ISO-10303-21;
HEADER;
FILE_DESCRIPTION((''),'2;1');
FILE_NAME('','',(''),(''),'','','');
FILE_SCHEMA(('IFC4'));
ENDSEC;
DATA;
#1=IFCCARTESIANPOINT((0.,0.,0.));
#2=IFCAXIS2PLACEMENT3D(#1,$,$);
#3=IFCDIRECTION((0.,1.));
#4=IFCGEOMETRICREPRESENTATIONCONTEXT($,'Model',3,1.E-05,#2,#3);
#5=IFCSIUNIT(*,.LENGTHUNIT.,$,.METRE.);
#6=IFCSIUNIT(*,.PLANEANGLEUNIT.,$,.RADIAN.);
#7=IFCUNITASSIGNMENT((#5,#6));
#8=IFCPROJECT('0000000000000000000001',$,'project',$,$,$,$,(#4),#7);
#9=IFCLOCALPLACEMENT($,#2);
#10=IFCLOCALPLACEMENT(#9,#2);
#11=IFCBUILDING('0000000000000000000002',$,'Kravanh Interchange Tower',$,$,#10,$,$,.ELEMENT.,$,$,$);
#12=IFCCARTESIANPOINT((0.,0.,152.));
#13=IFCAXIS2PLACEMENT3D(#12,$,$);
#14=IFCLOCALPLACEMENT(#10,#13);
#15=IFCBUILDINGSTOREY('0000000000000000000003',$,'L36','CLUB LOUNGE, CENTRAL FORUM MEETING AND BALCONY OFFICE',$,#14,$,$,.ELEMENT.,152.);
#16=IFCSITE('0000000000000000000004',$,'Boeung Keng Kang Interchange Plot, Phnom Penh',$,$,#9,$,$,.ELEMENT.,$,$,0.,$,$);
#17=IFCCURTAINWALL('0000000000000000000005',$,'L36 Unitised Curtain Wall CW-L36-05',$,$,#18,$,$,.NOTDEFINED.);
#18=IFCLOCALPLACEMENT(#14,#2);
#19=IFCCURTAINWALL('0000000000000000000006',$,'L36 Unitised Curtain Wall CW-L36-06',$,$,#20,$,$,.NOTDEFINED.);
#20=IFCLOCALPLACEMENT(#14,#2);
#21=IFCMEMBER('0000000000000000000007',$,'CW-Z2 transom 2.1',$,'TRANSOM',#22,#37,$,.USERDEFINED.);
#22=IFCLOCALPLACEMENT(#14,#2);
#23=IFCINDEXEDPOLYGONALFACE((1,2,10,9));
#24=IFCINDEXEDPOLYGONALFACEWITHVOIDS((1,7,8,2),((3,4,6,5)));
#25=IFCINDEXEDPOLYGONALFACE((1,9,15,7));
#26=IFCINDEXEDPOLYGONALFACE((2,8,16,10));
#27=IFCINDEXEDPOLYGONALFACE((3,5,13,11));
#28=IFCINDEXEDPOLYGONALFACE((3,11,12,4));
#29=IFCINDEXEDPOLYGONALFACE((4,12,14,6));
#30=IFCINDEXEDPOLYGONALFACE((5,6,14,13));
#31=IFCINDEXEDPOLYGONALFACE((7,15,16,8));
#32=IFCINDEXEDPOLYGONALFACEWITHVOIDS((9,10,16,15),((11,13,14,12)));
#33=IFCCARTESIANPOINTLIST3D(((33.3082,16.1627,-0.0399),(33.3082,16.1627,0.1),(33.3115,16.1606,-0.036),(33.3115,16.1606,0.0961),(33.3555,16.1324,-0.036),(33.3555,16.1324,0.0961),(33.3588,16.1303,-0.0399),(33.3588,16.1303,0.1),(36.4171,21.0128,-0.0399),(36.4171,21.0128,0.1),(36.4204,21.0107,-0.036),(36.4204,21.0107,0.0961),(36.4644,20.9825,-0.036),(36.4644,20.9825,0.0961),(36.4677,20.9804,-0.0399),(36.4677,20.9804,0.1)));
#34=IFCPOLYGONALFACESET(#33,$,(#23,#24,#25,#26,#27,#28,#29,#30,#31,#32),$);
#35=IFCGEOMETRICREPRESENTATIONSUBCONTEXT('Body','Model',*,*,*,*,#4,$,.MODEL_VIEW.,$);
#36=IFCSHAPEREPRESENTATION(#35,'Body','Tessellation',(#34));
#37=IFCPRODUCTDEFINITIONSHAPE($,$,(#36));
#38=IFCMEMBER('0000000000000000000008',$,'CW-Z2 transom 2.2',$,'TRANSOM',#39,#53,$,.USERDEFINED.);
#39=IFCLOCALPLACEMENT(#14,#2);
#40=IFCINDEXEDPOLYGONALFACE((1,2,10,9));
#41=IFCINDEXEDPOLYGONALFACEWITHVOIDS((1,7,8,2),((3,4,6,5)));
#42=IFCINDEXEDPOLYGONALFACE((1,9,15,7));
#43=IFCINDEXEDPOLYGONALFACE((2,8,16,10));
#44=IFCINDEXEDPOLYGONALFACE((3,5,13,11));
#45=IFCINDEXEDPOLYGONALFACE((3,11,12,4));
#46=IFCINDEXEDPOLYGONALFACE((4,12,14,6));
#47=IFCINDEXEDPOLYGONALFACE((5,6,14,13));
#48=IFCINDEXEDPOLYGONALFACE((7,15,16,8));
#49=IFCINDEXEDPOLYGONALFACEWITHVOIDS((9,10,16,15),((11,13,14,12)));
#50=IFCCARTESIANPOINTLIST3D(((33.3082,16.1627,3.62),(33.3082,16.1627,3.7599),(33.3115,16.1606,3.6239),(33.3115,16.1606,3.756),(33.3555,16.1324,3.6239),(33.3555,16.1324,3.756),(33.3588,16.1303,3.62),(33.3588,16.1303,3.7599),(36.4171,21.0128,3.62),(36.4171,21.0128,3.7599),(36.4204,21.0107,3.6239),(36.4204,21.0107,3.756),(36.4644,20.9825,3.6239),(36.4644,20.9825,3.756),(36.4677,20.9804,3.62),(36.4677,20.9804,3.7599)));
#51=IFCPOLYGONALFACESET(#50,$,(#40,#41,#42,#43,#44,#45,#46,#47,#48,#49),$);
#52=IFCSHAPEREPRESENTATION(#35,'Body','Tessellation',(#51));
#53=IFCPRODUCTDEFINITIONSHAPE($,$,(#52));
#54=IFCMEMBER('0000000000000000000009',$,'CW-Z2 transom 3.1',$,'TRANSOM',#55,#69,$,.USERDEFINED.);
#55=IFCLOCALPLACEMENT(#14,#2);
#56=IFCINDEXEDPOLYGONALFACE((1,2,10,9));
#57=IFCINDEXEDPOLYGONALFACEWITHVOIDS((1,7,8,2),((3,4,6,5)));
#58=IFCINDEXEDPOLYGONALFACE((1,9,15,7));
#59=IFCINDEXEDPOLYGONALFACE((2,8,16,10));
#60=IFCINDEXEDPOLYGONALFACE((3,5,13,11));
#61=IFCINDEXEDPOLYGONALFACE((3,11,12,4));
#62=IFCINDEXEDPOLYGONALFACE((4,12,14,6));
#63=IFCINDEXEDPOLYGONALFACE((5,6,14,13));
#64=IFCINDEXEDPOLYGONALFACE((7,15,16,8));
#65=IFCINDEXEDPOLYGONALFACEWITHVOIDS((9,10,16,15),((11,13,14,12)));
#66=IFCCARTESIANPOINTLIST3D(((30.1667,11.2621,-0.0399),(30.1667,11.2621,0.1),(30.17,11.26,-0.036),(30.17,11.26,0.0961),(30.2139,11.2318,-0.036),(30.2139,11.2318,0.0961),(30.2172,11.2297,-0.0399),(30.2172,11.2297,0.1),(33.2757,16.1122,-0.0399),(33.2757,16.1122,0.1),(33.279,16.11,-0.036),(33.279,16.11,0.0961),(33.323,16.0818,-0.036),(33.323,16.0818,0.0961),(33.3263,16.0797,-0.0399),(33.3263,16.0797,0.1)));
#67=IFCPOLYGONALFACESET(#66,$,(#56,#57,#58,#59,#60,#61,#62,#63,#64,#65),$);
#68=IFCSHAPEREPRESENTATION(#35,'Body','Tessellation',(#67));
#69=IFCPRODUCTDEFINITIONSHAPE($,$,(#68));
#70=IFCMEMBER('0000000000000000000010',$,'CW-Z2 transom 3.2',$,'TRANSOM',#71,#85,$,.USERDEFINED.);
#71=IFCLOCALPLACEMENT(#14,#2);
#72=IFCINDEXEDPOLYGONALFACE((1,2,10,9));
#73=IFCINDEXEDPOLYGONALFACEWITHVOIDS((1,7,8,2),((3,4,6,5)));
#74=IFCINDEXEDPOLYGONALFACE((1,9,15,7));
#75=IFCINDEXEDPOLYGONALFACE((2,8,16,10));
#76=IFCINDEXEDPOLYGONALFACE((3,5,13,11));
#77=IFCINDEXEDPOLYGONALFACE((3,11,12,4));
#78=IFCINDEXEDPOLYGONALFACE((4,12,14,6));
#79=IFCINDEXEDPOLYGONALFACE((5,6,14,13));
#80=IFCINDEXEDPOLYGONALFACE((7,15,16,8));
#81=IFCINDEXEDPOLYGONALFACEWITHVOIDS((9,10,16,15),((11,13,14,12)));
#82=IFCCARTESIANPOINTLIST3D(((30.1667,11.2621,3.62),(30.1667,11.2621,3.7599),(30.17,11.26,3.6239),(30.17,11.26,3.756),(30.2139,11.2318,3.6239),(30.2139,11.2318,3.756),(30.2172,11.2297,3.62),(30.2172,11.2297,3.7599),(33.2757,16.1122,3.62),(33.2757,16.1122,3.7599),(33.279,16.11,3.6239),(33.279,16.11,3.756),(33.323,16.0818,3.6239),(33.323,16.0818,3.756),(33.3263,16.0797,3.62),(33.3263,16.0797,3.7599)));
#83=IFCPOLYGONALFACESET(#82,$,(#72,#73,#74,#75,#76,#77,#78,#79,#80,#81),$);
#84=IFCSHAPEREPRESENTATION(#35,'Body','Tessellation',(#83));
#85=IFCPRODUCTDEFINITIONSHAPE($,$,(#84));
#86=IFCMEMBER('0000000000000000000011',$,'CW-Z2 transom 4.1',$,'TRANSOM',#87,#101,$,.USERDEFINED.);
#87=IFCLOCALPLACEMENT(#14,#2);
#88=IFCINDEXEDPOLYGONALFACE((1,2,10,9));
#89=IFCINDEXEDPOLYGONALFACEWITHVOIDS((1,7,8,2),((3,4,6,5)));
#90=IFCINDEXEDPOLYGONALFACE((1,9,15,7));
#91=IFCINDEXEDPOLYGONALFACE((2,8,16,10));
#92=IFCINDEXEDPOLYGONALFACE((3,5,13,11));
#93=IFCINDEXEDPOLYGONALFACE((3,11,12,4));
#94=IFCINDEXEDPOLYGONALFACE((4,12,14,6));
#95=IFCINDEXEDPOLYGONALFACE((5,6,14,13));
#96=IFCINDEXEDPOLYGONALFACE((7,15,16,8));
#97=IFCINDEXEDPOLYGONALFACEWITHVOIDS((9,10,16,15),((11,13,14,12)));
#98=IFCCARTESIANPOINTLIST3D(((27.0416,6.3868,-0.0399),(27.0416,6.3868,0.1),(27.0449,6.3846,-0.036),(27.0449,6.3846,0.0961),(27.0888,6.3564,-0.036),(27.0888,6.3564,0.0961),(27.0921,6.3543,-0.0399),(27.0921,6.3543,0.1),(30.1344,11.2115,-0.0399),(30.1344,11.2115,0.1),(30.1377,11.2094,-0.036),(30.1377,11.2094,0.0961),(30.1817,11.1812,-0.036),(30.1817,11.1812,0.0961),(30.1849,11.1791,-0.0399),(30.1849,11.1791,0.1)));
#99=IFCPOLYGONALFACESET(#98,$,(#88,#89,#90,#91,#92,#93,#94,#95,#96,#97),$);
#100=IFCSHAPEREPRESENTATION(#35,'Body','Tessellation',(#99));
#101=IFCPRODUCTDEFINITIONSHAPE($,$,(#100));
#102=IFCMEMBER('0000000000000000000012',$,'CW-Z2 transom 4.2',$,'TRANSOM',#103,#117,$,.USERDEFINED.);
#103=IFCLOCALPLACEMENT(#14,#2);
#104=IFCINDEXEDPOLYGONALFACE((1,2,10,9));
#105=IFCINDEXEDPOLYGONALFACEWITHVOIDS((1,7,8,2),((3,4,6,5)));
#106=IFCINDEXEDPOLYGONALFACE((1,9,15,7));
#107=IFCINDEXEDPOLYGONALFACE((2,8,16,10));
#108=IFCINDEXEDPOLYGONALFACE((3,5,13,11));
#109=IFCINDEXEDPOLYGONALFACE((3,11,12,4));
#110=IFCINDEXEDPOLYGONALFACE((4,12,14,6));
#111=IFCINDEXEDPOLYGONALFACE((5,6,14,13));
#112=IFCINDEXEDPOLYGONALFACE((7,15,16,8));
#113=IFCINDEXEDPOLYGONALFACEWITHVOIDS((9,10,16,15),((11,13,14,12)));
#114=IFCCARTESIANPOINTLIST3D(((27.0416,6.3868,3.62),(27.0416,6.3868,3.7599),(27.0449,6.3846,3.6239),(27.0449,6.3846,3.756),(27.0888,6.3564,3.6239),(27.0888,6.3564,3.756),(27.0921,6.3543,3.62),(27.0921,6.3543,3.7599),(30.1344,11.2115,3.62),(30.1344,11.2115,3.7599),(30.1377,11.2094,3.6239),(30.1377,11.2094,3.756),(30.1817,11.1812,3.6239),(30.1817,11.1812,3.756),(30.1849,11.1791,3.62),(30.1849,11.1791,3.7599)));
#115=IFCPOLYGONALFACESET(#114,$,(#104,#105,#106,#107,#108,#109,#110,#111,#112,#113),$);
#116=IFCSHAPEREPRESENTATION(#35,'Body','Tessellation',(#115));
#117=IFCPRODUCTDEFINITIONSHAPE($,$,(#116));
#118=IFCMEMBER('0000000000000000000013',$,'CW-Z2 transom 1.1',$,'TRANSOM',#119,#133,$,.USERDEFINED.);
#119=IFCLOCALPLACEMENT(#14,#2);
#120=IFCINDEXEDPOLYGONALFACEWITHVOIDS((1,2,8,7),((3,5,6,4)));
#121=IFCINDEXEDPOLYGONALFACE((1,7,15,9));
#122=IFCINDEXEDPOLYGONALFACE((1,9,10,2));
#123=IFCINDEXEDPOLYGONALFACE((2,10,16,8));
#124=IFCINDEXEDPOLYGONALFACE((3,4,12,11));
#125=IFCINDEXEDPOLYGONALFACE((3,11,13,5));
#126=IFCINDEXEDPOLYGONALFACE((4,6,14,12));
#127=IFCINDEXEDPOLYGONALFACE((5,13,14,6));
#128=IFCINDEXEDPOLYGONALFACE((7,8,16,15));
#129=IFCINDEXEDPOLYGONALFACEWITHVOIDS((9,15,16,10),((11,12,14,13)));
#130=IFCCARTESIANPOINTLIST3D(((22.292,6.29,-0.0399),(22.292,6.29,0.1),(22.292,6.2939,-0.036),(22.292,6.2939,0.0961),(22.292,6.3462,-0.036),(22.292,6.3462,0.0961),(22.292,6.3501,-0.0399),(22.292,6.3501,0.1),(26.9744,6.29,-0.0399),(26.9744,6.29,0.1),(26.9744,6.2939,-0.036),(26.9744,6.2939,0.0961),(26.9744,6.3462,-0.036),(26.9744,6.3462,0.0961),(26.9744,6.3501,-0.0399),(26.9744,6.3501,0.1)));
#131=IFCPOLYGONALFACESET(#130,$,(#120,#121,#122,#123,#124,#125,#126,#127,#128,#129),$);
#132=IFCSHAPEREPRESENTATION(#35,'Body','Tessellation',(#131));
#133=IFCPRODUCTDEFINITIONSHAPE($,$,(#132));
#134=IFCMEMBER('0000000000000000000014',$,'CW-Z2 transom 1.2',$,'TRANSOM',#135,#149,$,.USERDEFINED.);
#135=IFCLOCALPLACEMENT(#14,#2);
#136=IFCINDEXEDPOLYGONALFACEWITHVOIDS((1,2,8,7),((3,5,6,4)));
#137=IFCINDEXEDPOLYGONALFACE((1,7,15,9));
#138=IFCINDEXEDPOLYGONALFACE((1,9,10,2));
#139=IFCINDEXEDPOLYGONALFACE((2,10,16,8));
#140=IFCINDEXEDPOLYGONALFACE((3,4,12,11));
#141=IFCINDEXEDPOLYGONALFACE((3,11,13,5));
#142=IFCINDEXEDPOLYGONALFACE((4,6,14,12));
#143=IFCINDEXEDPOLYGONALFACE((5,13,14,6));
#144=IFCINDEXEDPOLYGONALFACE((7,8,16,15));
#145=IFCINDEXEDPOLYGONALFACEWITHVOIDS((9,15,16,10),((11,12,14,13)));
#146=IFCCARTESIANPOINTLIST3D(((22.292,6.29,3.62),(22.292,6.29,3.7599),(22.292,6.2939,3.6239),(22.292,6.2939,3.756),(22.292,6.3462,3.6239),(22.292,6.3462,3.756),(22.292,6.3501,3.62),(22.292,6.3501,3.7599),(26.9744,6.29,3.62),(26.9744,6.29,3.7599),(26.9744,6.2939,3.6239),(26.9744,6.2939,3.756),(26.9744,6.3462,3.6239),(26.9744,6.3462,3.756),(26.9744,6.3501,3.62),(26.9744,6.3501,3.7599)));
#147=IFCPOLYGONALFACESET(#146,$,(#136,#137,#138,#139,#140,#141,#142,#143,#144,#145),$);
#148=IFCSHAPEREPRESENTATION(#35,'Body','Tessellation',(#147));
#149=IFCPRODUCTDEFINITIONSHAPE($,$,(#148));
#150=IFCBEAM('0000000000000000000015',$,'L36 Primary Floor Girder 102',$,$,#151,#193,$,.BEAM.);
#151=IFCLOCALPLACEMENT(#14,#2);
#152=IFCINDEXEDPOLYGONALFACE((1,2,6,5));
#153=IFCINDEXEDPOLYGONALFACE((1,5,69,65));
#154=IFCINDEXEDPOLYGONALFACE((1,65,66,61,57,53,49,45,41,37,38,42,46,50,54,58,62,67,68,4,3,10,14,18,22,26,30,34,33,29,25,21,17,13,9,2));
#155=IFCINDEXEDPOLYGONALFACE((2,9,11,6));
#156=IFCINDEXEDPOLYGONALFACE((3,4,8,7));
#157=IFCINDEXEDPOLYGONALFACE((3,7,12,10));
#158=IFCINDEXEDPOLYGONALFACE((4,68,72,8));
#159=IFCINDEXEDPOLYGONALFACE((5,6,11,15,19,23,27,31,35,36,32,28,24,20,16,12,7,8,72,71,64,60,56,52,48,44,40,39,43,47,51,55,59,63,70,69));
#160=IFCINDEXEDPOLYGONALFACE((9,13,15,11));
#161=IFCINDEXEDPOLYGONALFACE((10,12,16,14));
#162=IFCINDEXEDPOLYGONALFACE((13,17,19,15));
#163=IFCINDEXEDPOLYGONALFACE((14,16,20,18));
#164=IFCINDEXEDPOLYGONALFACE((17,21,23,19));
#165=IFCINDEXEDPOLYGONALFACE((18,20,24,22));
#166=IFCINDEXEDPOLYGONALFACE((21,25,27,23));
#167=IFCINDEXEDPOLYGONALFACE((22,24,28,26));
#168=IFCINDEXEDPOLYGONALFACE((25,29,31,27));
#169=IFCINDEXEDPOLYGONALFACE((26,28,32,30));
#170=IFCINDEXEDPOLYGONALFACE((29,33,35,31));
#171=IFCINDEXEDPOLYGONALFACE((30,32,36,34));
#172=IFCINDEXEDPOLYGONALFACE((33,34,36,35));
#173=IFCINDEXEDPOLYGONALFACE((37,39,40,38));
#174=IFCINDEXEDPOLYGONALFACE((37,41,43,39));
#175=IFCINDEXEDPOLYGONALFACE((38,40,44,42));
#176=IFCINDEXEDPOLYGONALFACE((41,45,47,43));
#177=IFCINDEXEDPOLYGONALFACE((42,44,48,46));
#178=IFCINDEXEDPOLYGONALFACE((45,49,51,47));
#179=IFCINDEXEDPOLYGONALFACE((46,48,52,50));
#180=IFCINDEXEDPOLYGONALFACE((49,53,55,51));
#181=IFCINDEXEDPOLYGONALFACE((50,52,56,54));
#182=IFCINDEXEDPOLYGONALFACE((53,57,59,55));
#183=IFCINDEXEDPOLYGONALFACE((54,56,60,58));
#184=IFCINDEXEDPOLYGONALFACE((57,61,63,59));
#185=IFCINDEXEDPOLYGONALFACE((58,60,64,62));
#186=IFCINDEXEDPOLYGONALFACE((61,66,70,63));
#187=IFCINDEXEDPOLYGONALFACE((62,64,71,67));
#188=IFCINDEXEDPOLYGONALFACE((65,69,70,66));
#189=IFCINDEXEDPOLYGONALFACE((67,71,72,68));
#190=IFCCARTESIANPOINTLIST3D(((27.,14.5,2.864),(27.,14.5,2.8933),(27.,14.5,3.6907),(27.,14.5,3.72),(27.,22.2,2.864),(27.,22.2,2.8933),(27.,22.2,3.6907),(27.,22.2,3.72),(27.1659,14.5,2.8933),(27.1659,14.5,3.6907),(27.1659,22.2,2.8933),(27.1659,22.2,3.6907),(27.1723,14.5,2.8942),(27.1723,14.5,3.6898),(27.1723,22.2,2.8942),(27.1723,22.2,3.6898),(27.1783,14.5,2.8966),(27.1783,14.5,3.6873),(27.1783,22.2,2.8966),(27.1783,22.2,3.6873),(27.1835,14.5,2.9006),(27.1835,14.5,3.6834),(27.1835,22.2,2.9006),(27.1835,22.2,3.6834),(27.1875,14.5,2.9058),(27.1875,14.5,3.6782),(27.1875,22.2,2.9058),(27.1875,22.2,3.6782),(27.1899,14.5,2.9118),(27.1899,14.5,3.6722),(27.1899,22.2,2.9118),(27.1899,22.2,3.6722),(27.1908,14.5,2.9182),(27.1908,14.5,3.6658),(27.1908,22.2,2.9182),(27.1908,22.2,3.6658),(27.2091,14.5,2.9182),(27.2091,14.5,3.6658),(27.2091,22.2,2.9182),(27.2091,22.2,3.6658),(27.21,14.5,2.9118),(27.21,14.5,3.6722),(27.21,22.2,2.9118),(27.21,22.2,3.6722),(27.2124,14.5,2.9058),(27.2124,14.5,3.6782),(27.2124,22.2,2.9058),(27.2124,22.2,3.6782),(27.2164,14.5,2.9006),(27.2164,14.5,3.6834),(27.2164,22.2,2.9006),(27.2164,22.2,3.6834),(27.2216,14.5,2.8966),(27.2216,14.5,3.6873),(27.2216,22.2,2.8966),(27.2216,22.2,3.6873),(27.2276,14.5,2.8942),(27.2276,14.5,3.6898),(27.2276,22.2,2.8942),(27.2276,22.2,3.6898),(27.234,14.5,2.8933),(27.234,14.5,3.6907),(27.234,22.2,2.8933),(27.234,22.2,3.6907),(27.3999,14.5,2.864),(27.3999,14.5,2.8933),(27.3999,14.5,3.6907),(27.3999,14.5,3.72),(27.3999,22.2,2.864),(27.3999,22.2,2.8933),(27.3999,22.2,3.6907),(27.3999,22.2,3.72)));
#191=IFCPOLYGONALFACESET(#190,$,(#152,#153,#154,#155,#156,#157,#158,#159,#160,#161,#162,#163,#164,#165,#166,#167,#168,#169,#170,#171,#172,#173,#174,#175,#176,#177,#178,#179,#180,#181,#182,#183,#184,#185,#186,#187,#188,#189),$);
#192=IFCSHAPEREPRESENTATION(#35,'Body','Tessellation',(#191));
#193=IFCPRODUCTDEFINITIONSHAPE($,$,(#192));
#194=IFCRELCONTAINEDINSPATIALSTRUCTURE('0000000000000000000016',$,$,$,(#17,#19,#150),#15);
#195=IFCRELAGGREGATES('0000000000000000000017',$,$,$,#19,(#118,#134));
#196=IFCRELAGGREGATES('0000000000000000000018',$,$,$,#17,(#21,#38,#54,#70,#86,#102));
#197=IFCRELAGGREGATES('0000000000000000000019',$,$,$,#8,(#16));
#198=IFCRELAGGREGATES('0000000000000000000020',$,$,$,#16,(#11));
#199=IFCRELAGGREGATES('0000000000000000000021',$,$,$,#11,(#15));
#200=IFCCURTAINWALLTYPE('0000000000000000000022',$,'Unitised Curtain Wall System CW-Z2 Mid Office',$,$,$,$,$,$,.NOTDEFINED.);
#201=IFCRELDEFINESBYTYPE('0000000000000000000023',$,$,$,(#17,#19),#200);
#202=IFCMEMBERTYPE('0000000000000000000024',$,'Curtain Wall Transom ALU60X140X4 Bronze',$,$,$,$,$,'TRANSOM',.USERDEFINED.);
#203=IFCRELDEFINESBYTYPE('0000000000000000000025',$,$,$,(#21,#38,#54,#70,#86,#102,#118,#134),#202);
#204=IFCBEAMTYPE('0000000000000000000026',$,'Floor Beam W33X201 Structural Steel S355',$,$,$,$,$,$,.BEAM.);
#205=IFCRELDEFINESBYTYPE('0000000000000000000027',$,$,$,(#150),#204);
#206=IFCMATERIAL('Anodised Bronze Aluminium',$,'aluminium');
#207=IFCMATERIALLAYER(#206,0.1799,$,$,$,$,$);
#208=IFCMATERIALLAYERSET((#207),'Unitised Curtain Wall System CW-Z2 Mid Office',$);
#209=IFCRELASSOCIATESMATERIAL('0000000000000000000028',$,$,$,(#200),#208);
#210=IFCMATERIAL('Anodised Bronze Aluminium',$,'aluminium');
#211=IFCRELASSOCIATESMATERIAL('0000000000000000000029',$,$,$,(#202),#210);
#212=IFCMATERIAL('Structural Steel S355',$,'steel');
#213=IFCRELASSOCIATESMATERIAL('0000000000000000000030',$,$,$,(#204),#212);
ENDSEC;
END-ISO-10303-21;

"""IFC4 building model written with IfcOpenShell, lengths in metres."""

from ifc_helpers import new_model, si_unit, direction, frame, origin, origin_2d, place, context, subcontext, project, spatial, hollow_rectangle, i_section, extrude, material, layer, layer_set, material_profile, profile_set, type_object, element, aggregate, save


model = new_model("IFC4")

# Units and contexts
model_context = context("Model", 3, precision=1e-05, world=origin(), true_north=direction((0.0, 1.0)))
body_context = subcontext(model_context, "Body", "Model", "MODEL_VIEW")
ifc_project = project(units=[si_unit("LENGTHUNIT", "METRE"), si_unit("PLANEANGLEUNIT", "RADIAN")], contexts=[model_context])

# Site, building, storey
site_placement = place(None, origin())
site = spatial("IfcSite", under=ifc_project, at=site_placement, Name="Boeung Keng Kang Interchange Plot, Phnom Penh", CompositionType="ELEMENT", RefElevation=0.0)
building_placement = place(site_placement, origin())
building = spatial("IfcBuilding", under=site, at=building_placement, Name="Kravanh Interchange Tower", CompositionType="ELEMENT")
storey_placement = place(building_placement, frame((0.0, 0.0, 152.0)))
storey = spatial("IfcBuildingStorey", under=building, at=storey_placement, Name="L36", Description="CLUB LOUNGE, CENTRAL FORUM MEETING AND BALCONY OFFICE", CompositionType="ELEMENT", Elevation=152.0)

# Curtain wall
ifc_material_1 = material(Name="Anodised Bronze Aluminium", Category="aluminium")
ifc_layer_1 = layer(ifc_material_1, 0.1799)
ifc_layer_set_1 = layer_set([ifc_layer_1], Name="Unitised Curtain Wall System CW-Z2 Mid Office")
curtain_wall_type = type_object("IfcCurtainWallType", Name="Unitised Curtain Wall System CW-Z2 Mid Office", PredefinedType="NOTDEFINED", material=ifc_layer_set_1)
curtain_wall_1_placement = place(storey_placement, origin())
curtain_wall_1 = element("IfcCurtainWall", 1, at=curtain_wall_1_placement, inside=storey, type_object=curtain_wall_type, Name="L36 Unitised Curtain Wall CW-L36-05", PredefinedType="NOTDEFINED")

# Curtain wall
curtain_wall_2_placement = place(storey_placement, origin())
curtain_wall_2 = element("IfcCurtainWall", 2, at=curtain_wall_2_placement, inside=storey, type_object=curtain_wall_type, Name="L36 Unitised Curtain Wall CW-L36-06", PredefinedType="NOTDEFINED")

# Members
ifc_material_2 = material(Name="Anodised Bronze Aluminium", Category="aluminium")
ifc_material_profile_1 = material_profile(ifc_material_2, hollow_rectangle(XDim=0.0601, YDim=0.1399, WallThickness=0.0039, at=origin_2d()), Name="ALU60X140X4")
ifc_profile_set_1 = profile_set([ifc_material_profile_1], Name="Anodised Bronze Aluminium")
member_type_1 = type_object("IfcMemberType", Name="Curtain Wall Transom ALU60X140X4 Bronze", ElementType="TRANSOM", PredefinedType="USERDEFINED", material=ifc_profile_set_1)
member_1_placement = place(storey_placement, frame((36.4424, 20.9966, 0.03), z_axis=(-0.539648, -0.841891, 0.0), x_axis=(0.841891, -0.539648, 0.0)))
member_1 = element("IfcMember", 3, at=member_1_placement, type_object=member_type_1, Name="CW-Z2 transom 2.1", ObjectType="TRANSOM", PredefinedType="USERDEFINED", context=body_context, shape_type="SweptSolid", body=[
    extrude(hollow_rectangle(XDim=0.0601, YDim=0.1399, WallThickness=0.0039, at=origin_2d()), origin(), (0.0, 0.0, 1.0), 5.761),
])
member_2_placement = place(storey_placement, frame((36.4424, 20.9966, 3.6899), z_axis=(-0.539648, -0.841891, 0.0), x_axis=(0.841891, -0.539648, 0.0)))
member_2 = element("IfcMember", 4, at=member_2_placement, type_object=member_type_1, Name="CW-Z2 transom 2.2", ObjectType="TRANSOM", PredefinedType="USERDEFINED", context=body_context, shape_type="SweptSolid", body=[
    extrude(hollow_rectangle(XDim=0.0601, YDim=0.1399, WallThickness=0.0039, at=origin_2d()), origin(), (0.0, 0.0, 1.0), 5.761),
])
member_3_placement = place(storey_placement, frame((33.301, 16.0959, 0.03), z_axis=(-0.539678, -0.841872, 0.0), x_axis=(0.841872, -0.539678, 0.0)))
member_3 = element("IfcMember", 5, at=member_3_placement, type_object=member_type_1, Name="CW-Z2 transom 3.1", ObjectType="TRANSOM", PredefinedType="USERDEFINED", context=body_context, shape_type="SweptSolid", body=[
    extrude(hollow_rectangle(XDim=0.0601, YDim=0.1399, WallThickness=0.0039, at=origin_2d()), origin(), (0.0, 0.0, 1.0), 5.761),
])
member_4_placement = place(storey_placement, frame((33.301, 16.0959, 3.6899), z_axis=(-0.539678, -0.841872, 0.0), x_axis=(0.841872, -0.539678, 0.0)))
member_4 = element("IfcMember", 6, at=member_4_placement, type_object=member_type_1, Name="CW-Z2 transom 3.2", ObjectType="TRANSOM", PredefinedType="USERDEFINED", context=body_context, shape_type="SweptSolid", body=[
    extrude(hollow_rectangle(XDim=0.0601, YDim=0.1399, WallThickness=0.0039, at=origin_2d()), origin(), (0.0, 0.0, 1.0), 5.761),
])
member_5_placement = place(storey_placement, frame((30.1597, 11.1953, 0.03), z_axis=(-0.539668, -0.841878, 0.0), x_axis=(0.841878, -0.539668, 0.0)))
member_5 = element("IfcMember", 7, at=member_5_placement, type_object=member_type_1, Name="CW-Z2 transom 4.1", ObjectType="TRANSOM", PredefinedType="USERDEFINED", context=body_context, shape_type="SweptSolid", body=[
    extrude(hollow_rectangle(XDim=0.0601, YDim=0.1399, WallThickness=0.0039, at=origin_2d()), origin(), (0.0, 0.0, 1.0), 5.731),
])
member_6_placement = place(storey_placement, frame((30.1597, 11.1953, 3.6899), z_axis=(-0.539668, -0.841878, 0.0), x_axis=(0.841878, -0.539668, 0.0)))
member_6 = element("IfcMember", 8, at=member_6_placement, type_object=member_type_1, Name="CW-Z2 transom 4.2", ObjectType="TRANSOM", PredefinedType="USERDEFINED", context=body_context, shape_type="SweptSolid", body=[
    extrude(hollow_rectangle(XDim=0.0601, YDim=0.1399, WallThickness=0.0039, at=origin_2d()), origin(), (0.0, 0.0, 1.0), 5.731),
])
member_7_placement = place(storey_placement, frame((26.9744, 6.3201, 0.03), z_axis=(-1.0, 0.0, 0.0), x_axis=(0.0, -1.0, 0.0)))
member_7 = element("IfcMember", 9, at=member_7_placement, type_object=member_type_1, Name="CW-Z2 transom 1.1", ObjectType="TRANSOM", PredefinedType="USERDEFINED", context=body_context, shape_type="SweptSolid", body=[
    extrude(hollow_rectangle(XDim=0.0601, YDim=0.1399, WallThickness=0.0039, at=origin_2d()), origin(), (0.0, 0.0, 1.0), 4.6824),
])
member_8_placement = place(storey_placement, frame((26.9744, 6.3201, 3.6899), z_axis=(-1.0, 0.0, 0.0), x_axis=(0.0, -1.0, 0.0)))
member_8 = element("IfcMember", 10, at=member_8_placement, type_object=member_type_1, Name="CW-Z2 transom 1.2", ObjectType="TRANSOM", PredefinedType="USERDEFINED", context=body_context, shape_type="SweptSolid", body=[
    extrude(hollow_rectangle(XDim=0.0601, YDim=0.1399, WallThickness=0.0039, at=origin_2d()), origin(), (0.0, 0.0, 1.0), 4.6824),
])
aggregate(curtain_wall_2, [member_7, member_8])

# Beam
ifc_material_3 = material(Name="Structural Steel S355", Category="steel")
ifc_material_profile_2 = material_profile(ifc_material_3, i_section(OverallWidth=0.3999, OverallDepth=0.856, WebThickness=0.0183, FlangeThickness=0.0293, FilletRadius=0.0249, at=origin_2d()), Name="W33X201")
ifc_profile_set_2 = profile_set([ifc_material_profile_2], Name="Structural Steel S355")
beam_type = type_object("IfcBeamType", Name="Floor Beam W33X201 Structural Steel S355", PredefinedType="BEAM", material=ifc_profile_set_2)
beam_placement = place(storey_placement, frame((27.2, 14.5, 3.292), z_axis=(0.0, 1.0, 0.0), x_axis=(-1.0, 0.0, 0.0)))
element("IfcBeam", 11, at=beam_placement, inside=storey, type_object=beam_type, Name="L36 Primary Floor Girder 102", PredefinedType="BEAM", context=body_context, shape_type="SweptSolid", body=[
    extrude(i_section(OverallWidth=0.3999, OverallDepth=0.856, WebThickness=0.0183, FlangeThickness=0.0293, FilletRadius=0.0249, at=origin_2d()), origin(), (0.0, 0.0, 1.0), 7.7),
])

aggregate(curtain_wall_1, [member_1, member_2, member_3, member_4, member_5, member_6])

save(model, "model.ifc")
